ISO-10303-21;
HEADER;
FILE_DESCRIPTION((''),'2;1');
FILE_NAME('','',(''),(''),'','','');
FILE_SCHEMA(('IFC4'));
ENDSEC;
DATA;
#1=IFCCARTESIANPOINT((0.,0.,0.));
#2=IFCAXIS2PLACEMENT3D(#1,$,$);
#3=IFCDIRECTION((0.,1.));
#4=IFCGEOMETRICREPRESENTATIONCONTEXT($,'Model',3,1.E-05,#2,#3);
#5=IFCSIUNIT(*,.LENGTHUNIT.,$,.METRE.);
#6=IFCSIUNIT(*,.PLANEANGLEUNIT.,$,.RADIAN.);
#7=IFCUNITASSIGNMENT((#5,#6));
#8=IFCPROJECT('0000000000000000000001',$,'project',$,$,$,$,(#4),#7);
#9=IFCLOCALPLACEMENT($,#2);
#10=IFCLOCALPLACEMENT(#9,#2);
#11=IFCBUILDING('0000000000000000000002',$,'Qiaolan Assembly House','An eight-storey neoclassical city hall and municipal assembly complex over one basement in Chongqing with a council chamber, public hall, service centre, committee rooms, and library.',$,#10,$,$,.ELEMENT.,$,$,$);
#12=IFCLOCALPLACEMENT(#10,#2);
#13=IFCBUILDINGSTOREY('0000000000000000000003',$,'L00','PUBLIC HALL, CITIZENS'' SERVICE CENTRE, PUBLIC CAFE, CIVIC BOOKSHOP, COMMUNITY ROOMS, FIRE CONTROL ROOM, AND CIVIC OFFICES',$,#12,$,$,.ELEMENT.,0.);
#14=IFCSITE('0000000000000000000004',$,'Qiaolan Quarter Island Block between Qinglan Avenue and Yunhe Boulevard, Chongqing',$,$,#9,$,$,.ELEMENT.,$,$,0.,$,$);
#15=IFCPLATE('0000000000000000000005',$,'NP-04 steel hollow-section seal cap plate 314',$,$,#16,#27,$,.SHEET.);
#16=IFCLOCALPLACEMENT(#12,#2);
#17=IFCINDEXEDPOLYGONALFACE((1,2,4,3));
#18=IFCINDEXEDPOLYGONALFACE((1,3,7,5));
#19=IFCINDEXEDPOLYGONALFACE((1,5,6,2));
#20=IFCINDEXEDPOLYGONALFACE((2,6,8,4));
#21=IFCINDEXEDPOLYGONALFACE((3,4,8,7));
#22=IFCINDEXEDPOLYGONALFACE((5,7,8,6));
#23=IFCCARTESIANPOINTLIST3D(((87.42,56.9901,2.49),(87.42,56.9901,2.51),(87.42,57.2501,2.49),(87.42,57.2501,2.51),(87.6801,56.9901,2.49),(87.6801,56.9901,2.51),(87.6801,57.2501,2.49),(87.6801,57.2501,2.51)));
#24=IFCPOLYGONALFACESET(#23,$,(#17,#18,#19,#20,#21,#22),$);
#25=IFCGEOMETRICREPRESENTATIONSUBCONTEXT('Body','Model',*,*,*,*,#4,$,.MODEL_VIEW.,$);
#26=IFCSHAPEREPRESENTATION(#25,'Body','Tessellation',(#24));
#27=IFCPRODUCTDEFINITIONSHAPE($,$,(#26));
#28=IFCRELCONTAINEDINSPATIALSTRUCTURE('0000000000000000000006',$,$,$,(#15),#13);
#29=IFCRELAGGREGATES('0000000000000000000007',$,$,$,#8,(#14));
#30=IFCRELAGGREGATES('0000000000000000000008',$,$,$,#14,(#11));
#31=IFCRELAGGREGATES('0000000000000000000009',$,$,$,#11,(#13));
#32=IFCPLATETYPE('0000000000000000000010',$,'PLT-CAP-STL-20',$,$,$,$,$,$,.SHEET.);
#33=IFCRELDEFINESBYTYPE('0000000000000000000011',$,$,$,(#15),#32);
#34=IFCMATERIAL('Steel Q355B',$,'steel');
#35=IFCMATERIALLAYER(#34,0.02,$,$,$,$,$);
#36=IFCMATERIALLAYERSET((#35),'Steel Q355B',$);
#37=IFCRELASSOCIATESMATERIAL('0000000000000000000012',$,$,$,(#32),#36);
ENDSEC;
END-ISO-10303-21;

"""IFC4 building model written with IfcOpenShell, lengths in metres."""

from ifc_helpers import new_model, si_unit, direction, frame, origin, origin_2d, place, context, subcontext, project, spatial, rectangle, extrude, material, layer, layer_set, type_object, element, save


model = new_model("IFC4")

# Units and contexts
model_context = context("Model", 3, precision=1e-05, world=origin(), true_north=direction((0.0, 1.0)))
body_context = subcontext(model_context, "Body", "Model", "MODEL_VIEW")
ifc_project = project(units=[si_unit("LENGTHUNIT", "METRE"), si_unit("PLANEANGLEUNIT", "RADIAN")], contexts=[model_context])

# Site, building, storey
site_placement = place(None, origin())
site = spatial("IfcSite", under=ifc_project, at=site_placement, Name="Qiaolan Quarter Island Block between Qinglan Avenue and Yunhe Boulevard, Chongqing", CompositionType="ELEMENT", RefElevation=0.0)
building_placement = place(site_placement, origin())
building = spatial("IfcBuilding", under=site, at=building_placement, Name="Qiaolan Assembly House", Description="An eight-storey neoclassical city hall and municipal assembly complex over one basement in Chongqing with a council chamber, public hall, service centre, committee rooms, and library.", CompositionType="ELEMENT")
storey_placement = place(building_placement, origin())
storey = spatial("IfcBuildingStorey", under=building, at=storey_placement, Name="L00", Description="PUBLIC HALL, CITIZENS' SERVICE CENTRE, PUBLIC CAFE, CIVIC BOOKSHOP, COMMUNITY ROOMS, FIRE CONTROL ROOM, AND CIVIC OFFICES", CompositionType="ELEMENT", Elevation=0.0)

# Shared definitions
ifc_material_1 = material(Name="Steel Q355B", Category="steel")

# Plate
ifc_layer = layer(ifc_material_1, 0.02)
ifc_layer_set = layer_set([ifc_layer], Name="Steel Q355B")
plate_type = type_object("IfcPlateType", Name="PLT-CAP-STL-20", PredefinedType="SHEET", material=ifc_layer_set)
for number, where, z_axis, x_axis, name in (
    (1, (87.55, 57.1201, 2.49), (0.0, 0.0, 1.0), (1.0, 0.0, 0.0), "NP-04 steel hollow-section seal cap plate 314"),
):
    element("IfcPlate", number, at=place(storey_placement, frame(where, z_axis=z_axis, x_axis=x_axis)), inside=storey, type_object=plate_type, Name=name, PredefinedType="SHEET", context=body_context, shape_type="SweptSolid", body=[
        extrude(rectangle(XDim=0.26, YDim=0.26, at=origin_2d()), origin(), (0.0, 0.0, 1.0), 0.02),
    ])

save(model, "model.ifc")
